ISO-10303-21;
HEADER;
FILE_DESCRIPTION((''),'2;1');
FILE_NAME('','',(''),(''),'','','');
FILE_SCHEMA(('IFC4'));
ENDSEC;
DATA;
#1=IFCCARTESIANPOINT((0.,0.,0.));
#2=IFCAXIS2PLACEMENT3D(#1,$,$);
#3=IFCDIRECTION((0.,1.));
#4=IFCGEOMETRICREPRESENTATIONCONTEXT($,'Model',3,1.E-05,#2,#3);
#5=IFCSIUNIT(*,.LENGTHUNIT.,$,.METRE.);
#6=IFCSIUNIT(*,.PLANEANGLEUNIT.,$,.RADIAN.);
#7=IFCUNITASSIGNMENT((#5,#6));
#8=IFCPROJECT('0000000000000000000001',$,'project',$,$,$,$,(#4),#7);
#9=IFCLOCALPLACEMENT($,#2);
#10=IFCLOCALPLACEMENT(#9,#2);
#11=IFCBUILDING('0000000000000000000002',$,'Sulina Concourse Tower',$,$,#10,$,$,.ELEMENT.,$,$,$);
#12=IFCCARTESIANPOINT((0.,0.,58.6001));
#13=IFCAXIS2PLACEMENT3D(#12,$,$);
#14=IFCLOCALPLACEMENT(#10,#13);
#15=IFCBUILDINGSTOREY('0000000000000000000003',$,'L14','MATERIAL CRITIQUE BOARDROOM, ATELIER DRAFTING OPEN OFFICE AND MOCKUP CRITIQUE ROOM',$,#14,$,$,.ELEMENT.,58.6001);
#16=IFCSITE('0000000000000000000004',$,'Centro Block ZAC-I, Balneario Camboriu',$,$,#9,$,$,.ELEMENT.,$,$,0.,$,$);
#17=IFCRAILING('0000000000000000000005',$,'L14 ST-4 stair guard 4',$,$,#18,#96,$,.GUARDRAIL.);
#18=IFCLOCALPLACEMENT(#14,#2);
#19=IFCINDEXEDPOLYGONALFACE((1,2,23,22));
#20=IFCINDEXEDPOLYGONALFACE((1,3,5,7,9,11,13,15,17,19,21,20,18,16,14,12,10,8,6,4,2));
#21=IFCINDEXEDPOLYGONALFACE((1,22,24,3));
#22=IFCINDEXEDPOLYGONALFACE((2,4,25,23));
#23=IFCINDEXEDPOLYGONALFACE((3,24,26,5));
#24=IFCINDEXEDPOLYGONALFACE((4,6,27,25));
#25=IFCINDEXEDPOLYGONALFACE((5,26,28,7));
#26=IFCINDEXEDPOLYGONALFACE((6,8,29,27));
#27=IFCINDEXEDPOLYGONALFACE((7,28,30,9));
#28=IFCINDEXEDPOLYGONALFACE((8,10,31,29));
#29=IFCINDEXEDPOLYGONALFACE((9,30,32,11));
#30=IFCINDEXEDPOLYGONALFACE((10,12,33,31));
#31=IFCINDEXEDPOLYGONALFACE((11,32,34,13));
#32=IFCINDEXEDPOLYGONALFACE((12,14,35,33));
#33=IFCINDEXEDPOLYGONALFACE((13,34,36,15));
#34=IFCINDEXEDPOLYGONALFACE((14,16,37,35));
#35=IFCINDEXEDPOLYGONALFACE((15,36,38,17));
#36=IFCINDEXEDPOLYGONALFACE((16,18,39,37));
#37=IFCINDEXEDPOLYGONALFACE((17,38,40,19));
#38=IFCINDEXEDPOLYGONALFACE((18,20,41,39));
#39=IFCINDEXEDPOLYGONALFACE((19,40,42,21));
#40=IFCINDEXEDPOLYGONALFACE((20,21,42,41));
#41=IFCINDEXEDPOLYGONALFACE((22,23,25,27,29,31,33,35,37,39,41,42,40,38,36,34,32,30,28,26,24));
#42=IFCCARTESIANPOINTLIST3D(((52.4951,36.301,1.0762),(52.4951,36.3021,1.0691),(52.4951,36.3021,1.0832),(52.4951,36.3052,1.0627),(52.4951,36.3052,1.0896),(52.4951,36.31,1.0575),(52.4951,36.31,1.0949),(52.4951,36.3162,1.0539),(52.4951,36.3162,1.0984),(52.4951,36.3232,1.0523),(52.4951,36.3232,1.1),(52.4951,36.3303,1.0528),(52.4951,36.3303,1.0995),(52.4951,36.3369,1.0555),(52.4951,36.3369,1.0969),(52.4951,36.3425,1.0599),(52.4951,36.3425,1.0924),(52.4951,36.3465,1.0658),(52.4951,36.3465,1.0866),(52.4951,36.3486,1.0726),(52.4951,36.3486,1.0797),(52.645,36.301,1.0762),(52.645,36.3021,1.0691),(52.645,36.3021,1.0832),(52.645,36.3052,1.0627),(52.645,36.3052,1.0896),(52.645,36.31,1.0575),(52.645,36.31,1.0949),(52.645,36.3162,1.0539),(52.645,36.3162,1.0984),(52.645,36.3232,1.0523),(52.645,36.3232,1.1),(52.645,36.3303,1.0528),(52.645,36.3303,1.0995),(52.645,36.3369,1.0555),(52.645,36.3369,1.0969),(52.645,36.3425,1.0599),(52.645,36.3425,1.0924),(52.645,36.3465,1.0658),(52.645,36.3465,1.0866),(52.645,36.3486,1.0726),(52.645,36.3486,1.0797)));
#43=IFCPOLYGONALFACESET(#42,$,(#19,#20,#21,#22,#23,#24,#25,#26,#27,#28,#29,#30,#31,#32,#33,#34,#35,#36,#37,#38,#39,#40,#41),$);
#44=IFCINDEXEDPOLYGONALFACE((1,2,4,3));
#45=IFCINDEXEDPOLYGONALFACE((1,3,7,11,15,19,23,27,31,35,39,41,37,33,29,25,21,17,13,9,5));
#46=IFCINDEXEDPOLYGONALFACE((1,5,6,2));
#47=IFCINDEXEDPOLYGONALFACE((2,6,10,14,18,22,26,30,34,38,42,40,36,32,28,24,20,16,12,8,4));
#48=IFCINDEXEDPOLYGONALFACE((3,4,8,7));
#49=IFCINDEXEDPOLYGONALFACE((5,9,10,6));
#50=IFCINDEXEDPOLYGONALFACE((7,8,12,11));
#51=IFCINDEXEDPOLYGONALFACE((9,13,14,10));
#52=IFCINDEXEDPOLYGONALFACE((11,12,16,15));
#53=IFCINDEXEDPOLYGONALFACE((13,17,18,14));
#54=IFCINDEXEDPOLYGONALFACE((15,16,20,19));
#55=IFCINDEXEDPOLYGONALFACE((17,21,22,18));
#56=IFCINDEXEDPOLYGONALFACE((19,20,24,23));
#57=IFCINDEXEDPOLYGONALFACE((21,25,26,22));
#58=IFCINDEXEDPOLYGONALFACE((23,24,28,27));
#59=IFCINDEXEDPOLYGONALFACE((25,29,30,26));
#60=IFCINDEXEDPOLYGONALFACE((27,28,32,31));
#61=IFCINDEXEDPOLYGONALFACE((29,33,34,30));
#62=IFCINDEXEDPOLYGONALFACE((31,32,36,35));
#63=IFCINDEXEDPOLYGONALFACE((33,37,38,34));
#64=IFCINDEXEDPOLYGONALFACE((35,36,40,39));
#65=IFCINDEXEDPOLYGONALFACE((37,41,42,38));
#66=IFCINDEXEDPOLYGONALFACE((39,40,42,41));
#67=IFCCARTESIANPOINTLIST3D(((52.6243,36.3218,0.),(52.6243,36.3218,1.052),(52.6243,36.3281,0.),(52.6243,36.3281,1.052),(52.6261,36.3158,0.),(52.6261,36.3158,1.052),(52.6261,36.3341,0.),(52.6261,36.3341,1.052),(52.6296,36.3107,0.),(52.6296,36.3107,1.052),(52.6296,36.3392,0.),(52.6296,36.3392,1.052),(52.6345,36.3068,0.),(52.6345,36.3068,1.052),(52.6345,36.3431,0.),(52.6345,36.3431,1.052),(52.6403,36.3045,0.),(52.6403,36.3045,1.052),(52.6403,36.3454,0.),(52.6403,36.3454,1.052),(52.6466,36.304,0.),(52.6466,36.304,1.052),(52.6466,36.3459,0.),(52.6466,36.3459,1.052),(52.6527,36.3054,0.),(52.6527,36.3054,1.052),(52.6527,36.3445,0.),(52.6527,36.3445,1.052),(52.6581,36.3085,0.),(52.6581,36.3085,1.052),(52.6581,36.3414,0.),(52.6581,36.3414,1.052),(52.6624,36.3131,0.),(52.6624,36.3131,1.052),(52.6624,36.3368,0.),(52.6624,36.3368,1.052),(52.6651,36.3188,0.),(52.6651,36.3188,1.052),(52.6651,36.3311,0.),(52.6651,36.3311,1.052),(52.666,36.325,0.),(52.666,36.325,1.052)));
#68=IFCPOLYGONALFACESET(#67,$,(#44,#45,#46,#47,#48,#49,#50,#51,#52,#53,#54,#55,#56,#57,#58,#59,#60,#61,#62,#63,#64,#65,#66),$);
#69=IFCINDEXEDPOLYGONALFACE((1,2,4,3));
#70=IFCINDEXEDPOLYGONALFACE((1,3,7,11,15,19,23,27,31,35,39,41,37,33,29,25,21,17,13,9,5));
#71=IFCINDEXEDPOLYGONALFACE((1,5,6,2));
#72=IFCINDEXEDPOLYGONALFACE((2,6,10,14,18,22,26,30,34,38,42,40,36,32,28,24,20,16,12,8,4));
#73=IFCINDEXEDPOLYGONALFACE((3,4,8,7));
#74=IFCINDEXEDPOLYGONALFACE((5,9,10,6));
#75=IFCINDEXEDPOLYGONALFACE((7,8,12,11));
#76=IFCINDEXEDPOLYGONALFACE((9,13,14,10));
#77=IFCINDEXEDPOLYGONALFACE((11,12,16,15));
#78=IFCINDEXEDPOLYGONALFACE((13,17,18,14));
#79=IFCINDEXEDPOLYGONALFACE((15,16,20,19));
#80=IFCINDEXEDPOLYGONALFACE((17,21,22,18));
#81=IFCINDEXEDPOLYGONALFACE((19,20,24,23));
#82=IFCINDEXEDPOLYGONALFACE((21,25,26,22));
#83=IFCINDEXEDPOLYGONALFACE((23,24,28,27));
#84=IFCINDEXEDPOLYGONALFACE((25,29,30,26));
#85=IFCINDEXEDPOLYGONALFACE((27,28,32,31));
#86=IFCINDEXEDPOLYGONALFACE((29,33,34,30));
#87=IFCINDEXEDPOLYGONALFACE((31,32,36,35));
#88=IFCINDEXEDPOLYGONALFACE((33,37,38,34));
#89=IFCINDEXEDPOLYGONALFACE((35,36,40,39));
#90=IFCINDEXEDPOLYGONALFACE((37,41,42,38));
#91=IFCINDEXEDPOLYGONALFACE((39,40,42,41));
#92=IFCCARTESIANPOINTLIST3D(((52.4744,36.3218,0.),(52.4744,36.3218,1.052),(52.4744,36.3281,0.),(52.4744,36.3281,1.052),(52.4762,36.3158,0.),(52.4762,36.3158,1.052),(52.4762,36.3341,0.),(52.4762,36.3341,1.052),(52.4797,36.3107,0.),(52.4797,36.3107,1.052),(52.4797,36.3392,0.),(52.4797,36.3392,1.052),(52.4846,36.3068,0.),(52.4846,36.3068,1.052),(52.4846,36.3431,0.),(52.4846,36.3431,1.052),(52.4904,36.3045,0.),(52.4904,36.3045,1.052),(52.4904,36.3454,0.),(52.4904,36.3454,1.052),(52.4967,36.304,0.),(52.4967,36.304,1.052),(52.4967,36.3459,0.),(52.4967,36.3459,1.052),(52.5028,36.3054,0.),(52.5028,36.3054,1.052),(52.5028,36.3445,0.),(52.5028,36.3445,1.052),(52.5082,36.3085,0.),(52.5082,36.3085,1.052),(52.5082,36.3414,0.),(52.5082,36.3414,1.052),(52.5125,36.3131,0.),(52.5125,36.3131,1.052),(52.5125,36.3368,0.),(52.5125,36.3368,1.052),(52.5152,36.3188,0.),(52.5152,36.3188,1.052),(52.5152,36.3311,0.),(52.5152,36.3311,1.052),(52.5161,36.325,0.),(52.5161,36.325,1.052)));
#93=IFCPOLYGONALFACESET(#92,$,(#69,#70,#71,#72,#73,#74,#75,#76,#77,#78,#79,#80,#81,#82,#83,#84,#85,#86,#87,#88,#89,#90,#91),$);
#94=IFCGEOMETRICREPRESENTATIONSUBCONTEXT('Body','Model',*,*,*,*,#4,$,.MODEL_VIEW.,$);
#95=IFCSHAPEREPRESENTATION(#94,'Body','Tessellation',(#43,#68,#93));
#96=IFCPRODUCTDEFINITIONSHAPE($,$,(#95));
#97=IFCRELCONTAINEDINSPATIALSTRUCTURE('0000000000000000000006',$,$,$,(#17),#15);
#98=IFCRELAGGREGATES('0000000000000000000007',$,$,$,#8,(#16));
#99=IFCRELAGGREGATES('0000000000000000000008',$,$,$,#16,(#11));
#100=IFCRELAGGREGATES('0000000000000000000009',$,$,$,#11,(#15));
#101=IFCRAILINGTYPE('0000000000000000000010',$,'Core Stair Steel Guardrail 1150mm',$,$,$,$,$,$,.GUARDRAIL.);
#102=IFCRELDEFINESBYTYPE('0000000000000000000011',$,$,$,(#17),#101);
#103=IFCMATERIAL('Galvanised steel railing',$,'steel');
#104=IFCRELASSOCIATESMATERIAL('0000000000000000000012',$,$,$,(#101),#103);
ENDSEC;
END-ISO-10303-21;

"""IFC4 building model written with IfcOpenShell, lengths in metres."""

from ifc_helpers import new_model, si_unit, direction, frame, origin, origin_2d, place, context, subcontext, project, spatial, circle, extrude, material, type_object, element, save


model = new_model("IFC4")

# Units and contexts
model_context = context("Model", 3, precision=1e-05, world=origin(), true_north=direction((0.0, 1.0)))
body_context = subcontext(model_context, "Body", "Model", "MODEL_VIEW")
ifc_project = project(units=[si_unit("LENGTHUNIT", "METRE"), si_unit("PLANEANGLEUNIT", "RADIAN")], contexts=[model_context])

# Site, building, storey
site_placement = place(None, origin())
site = spatial("IfcSite", under=ifc_project, at=site_placement, Name="Centro Block ZAC-I, Balneario Camboriu", CompositionType="ELEMENT", RefElevation=0.0)
building_placement = place(site_placement, origin())
building = spatial("IfcBuilding", under=site, at=building_placement, Name="Sulina Concourse Tower", CompositionType="ELEMENT")
storey_placement = place(building_placement, frame((0.0, 0.0, 58.6001)))
storey = spatial("IfcBuildingStorey", under=building, at=storey_placement, Name="L14", Description="MATERIAL CRITIQUE BOARDROOM, ATELIER DRAFTING OPEN OFFICE AND MOCKUP CRITIQUE ROOM", CompositionType="ELEMENT", Elevation=58.6001)

# Railing
ifc_material_1 = material(Name="Galvanised steel railing", Category="steel")
railing_type_1 = type_object("IfcRailingType", Name="Core Stair Steel Guardrail 1150mm", PredefinedType="GUARDRAIL", material=ifc_material_1)
railing_1_placement = place(storey_placement, frame((52.645, 36.325, 0.0)))
element("IfcRailing", 1, at=railing_1_placement, inside=storey, type_object=railing_type_1, Name="L14 ST-4 stair guard 4", PredefinedType="GUARDRAIL", context=body_context, shape_type="SweptSolid", body=[
    extrude(circle(Radius=0.0239, at=origin_2d()), frame((0.0, 0.0, 1.0762), z_axis=(-1.0, 0.0, 0.0), x_axis=(0.0, -1.0, 0.0)), (0.0, 0.0, 1.0), 0.1499),
    extrude(circle(Radius=0.021, at=origin_2d()), origin(), (0.0, 0.0, 1.0), 1.052),
    extrude(circle(Radius=0.021, at=origin_2d()), frame((-0.1499, 0.0, 0.0)), (0.0, 0.0, 1.0), 1.052),
])

save(model, "model.ifc")
